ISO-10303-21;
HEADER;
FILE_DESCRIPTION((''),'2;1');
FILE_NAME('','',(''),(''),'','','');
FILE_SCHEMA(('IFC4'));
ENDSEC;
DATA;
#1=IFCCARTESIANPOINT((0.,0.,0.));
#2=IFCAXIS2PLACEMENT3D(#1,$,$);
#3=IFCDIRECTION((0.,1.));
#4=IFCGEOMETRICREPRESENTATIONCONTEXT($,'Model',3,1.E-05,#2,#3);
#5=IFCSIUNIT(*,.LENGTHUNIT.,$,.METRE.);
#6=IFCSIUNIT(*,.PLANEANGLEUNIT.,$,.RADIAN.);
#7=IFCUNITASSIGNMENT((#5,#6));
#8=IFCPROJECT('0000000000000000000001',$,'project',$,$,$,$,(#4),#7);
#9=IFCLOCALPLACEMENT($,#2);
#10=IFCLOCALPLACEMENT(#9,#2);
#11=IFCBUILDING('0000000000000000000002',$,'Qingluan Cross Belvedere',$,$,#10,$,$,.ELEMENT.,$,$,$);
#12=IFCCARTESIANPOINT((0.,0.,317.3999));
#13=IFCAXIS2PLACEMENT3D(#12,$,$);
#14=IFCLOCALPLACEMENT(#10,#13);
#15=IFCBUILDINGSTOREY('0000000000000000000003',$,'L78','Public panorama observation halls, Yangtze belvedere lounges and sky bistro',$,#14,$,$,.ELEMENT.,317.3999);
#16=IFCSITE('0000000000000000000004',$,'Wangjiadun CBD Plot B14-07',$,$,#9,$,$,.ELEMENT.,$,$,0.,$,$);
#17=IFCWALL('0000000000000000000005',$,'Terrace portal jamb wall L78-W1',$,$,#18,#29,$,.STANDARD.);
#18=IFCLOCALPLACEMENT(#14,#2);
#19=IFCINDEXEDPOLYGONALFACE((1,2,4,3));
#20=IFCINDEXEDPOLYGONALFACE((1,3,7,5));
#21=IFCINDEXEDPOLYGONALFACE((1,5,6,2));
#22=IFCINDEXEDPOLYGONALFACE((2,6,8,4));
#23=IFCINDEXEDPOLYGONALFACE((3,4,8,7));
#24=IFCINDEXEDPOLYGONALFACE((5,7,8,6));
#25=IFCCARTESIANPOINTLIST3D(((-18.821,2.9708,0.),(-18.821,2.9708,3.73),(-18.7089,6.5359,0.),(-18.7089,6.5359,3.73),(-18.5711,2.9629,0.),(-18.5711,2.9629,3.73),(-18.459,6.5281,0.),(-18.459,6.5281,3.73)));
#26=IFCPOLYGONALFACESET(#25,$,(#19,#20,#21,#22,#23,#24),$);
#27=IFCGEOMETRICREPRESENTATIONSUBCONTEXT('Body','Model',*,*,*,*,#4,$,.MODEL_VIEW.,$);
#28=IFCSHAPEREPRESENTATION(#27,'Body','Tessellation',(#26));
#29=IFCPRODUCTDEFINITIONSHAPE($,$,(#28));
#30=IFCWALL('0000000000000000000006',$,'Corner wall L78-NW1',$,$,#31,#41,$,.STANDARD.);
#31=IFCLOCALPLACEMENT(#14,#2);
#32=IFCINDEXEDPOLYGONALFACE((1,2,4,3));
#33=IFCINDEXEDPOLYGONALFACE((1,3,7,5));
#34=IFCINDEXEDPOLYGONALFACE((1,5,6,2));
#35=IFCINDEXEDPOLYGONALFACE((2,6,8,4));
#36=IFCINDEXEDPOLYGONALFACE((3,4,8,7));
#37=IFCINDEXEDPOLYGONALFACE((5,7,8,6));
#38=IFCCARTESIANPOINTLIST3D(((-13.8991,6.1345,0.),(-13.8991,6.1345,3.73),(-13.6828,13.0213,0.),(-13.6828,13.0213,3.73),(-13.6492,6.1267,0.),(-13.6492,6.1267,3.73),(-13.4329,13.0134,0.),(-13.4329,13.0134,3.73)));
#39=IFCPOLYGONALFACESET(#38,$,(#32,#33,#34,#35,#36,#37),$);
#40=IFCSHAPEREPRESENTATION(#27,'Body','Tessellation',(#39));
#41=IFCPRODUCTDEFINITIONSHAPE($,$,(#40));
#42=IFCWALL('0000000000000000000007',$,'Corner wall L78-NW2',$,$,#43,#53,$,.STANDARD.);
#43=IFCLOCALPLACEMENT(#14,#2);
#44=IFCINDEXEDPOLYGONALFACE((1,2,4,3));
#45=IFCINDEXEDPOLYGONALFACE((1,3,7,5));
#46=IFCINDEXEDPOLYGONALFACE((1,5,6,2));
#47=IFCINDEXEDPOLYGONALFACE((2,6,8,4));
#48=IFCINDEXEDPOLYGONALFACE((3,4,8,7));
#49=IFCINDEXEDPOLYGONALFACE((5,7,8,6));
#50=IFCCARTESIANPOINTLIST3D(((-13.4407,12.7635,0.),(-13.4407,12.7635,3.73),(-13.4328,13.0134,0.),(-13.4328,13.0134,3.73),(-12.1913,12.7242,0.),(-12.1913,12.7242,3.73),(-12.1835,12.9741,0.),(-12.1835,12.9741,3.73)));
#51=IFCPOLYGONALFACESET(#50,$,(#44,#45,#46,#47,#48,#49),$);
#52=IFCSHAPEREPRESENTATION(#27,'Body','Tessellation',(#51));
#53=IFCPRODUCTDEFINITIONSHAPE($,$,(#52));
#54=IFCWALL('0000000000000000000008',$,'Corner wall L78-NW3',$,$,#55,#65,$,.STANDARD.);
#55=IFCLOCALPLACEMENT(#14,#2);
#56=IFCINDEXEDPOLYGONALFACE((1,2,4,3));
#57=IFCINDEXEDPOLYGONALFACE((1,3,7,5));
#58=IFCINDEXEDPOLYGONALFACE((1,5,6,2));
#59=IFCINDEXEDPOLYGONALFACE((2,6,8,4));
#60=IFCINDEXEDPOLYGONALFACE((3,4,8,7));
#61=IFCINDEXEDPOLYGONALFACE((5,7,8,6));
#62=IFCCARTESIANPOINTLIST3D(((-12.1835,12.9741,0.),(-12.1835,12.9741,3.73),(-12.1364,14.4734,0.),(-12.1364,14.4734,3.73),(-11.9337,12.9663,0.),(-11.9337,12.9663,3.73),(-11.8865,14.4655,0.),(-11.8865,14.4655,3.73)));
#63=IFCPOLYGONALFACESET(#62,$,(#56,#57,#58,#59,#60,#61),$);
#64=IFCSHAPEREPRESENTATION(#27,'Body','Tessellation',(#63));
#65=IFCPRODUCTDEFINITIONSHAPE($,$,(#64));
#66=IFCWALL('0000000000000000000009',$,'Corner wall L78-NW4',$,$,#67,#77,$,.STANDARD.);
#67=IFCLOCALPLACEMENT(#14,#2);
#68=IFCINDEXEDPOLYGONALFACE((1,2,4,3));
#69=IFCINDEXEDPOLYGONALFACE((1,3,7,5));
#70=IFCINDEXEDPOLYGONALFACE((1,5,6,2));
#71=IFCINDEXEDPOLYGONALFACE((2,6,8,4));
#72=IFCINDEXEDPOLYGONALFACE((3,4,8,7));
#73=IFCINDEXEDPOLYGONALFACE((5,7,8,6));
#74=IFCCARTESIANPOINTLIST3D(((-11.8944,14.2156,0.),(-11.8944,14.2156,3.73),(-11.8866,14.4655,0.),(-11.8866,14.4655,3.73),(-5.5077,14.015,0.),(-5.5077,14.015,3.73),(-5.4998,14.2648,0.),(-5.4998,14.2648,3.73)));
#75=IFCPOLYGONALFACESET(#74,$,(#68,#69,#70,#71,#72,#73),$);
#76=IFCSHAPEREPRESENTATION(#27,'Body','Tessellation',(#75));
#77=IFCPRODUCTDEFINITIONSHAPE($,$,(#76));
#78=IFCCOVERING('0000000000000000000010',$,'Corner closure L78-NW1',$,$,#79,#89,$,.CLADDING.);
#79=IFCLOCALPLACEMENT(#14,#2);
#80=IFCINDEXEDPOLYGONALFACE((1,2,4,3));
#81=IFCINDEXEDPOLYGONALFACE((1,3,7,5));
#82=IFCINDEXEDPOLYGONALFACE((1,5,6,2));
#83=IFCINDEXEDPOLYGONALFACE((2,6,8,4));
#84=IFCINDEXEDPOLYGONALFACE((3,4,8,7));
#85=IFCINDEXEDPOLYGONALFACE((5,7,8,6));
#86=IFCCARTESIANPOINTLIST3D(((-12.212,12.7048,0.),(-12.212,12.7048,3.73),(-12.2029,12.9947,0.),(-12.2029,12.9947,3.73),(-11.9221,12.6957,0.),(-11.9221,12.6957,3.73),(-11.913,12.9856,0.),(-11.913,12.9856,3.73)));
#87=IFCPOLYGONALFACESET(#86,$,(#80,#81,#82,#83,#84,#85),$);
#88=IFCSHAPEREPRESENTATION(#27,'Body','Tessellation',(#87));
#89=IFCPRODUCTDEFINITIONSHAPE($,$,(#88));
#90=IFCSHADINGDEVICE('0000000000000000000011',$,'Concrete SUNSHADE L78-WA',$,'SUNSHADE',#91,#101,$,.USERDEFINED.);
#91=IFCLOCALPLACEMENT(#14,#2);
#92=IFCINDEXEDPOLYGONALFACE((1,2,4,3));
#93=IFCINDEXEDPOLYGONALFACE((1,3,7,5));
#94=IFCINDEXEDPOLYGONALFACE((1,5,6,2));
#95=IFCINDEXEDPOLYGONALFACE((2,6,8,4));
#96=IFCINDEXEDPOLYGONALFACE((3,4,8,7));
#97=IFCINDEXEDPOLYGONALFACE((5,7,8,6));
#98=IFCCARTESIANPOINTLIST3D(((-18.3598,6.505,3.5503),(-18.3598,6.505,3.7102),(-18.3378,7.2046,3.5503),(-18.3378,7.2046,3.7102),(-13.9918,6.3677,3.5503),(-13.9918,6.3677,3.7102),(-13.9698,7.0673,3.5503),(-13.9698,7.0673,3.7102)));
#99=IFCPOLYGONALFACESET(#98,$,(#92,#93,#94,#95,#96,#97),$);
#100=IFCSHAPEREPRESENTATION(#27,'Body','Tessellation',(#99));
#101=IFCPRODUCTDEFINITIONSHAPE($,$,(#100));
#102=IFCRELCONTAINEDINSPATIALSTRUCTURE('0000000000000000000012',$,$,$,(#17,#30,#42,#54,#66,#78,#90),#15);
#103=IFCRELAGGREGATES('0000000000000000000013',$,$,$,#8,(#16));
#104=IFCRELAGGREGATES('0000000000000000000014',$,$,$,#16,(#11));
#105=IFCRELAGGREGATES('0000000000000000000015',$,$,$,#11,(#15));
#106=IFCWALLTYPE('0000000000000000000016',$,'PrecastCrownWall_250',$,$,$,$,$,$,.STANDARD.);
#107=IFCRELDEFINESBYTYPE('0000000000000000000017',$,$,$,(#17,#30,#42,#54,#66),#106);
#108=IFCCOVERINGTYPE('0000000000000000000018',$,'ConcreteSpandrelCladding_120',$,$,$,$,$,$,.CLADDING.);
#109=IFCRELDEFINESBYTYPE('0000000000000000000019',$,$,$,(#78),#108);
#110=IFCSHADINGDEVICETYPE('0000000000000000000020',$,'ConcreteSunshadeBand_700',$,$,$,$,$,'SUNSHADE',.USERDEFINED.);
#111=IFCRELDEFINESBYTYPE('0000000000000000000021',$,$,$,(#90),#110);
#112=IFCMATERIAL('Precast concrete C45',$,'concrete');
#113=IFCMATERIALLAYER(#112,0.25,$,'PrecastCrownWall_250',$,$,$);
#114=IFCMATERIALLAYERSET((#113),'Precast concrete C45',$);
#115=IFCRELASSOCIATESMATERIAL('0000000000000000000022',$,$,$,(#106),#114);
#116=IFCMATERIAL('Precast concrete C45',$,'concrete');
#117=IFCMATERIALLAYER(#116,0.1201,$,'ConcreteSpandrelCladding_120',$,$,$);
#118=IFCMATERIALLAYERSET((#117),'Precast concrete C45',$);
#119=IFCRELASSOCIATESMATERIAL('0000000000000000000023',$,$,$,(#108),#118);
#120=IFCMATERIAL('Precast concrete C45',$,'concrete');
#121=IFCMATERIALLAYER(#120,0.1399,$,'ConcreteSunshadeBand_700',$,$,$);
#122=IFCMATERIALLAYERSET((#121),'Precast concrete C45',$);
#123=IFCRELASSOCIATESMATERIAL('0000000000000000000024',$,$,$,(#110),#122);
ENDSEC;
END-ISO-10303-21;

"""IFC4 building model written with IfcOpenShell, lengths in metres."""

from ifc_helpers import new_model, si_unit, direction, frame, frame_2d, origin, origin_2d, place, context, subcontext, project, spatial, rectangle, extrude, material, layer, layer_set, type_object, element, save


model = new_model("IFC4")

# Units and contexts
model_context = context("Model", 3, precision=1e-05, world=origin(), true_north=direction((0.0, 1.0)))
body_context = subcontext(model_context, "Body", "Model", "MODEL_VIEW")
ifc_project = project(units=[si_unit("LENGTHUNIT", "METRE"), si_unit("PLANEANGLEUNIT", "RADIAN")], contexts=[model_context])

# Site, building, storey
site_placement = place(None, origin())
site = spatial("IfcSite", under=ifc_project, at=site_placement, Name="Wangjiadun CBD Plot B14-07", CompositionType="ELEMENT", RefElevation=0.0)
building_placement = place(site_placement, origin())
building = spatial("IfcBuilding", under=site, at=building_placement, Name="Qingluan Cross Belvedere", CompositionType="ELEMENT")
storey_placement = place(building_placement, frame((0.0, 0.0, 317.3999)))
storey = spatial("IfcBuildingStorey", under=building, at=storey_placement, Name="L78", Description="Public panorama observation halls, Yangtze belvedere lounges and sky bistro", CompositionType="ELEMENT", Elevation=317.3999)

# Shared definitions
ifc_material_1 = material(Name="Precast concrete C45", Category="concrete")
ifc_layer_1 = layer(ifc_material_1, 0.25, Name="PrecastCrownWall_250")
ifc_layer_set_1 = layer_set([ifc_layer_1], Name="Precast concrete C45")
wall_type_1 = type_object("IfcWallType", Name="PrecastCrownWall_250", PredefinedType="STANDARD", material=ifc_layer_set_1)

# Walls
wall_1_placement = place(storey_placement, frame((-18.584, 6.532, 0.0), z_axis=(0.0, 0.0, 1.0), x_axis=(-0.031416, -0.999506, 0.0)))
element("IfcWall", 1, at=wall_1_placement, inside=storey, type_object=wall_type_1, Name="Terrace portal jamb wall L78-W1", PredefinedType="STANDARD", context=body_context, shape_type="SweptSolid", body=[
    extrude(rectangle(XDim=3.5669, YDim=0.25, at=frame_2d((1.7834, 0.0))), origin(), (0.0, 0.0, 1.0), 3.73),
])
wall_2_placement = place(storey_placement, frame((-13.7742, 6.1306, 0.0), z_axis=(0.0, 0.0, 1.0), x_axis=(0.031394, 0.999507, 0.0)))
element("IfcWall", 2, at=wall_2_placement, inside=storey, type_object=wall_type_1, Name="Corner wall L78-NW1", PredefinedType="STANDARD", context=body_context, shape_type="SweptSolid", body=[
    extrude(rectangle(XDim=6.8901, YDim=0.25, at=frame_2d((3.4451, 0.0))), origin(), (0.0, 0.0, 1.0), 3.73),
])
wall_3_placement = place(storey_placement, frame((-13.4368, 12.8884, 0.0), z_axis=(0.0, 0.0, 1.0), x_axis=(0.999505, -0.031448, 0.0)))
element("IfcWall", 3, at=wall_3_placement, inside=storey, type_object=wall_type_1, Name="Corner wall L78-NW2", PredefinedType="STANDARD", context=body_context, shape_type="SweptSolid", body=[
    extrude(rectangle(XDim=1.25, YDim=0.25, at=frame_2d((0.625, 0.0))), origin(), (0.0, 0.0, 1.0), 3.73),
])
wall_4_placement = place(storey_placement, frame((-12.0586, 12.9702, 0.0), z_axis=(0.0, 0.0, 1.0), x_axis=(0.031413, 0.999507, 0.0)))
element("IfcWall", 4, at=wall_4_placement, inside=storey, type_object=wall_type_1, Name="Corner wall L78-NW3", PredefinedType="STANDARD", context=body_context, shape_type="SweptSolid", body=[
    extrude(rectangle(XDim=1.5, YDim=0.25, at=frame_2d((0.75, 0.0))), origin(), (0.0, 0.0, 1.0), 3.73),
])
wall_5_placement = place(storey_placement, frame((-11.8904, 14.3406, 0.0), z_axis=(0.0, 0.0, 1.0), x_axis=(0.999507, -0.031407, 0.0)))
element("IfcWall", 5, at=wall_5_placement, inside=storey, type_object=wall_type_1, Name="Corner wall L78-NW4", PredefinedType="STANDARD", context=body_context, shape_type="SweptSolid", body=[
    extrude(rectangle(XDim=6.3899, YDim=0.25, at=frame_2d((3.1948, 0.0))), origin(), (0.0, 0.0, 1.0), 3.73),
])

# Covering
ifc_material_2 = material(Name="Precast concrete C45", Category="concrete")
ifc_layer_2 = layer(ifc_material_2, 0.1201, Name="ConcreteSpandrelCladding_120")
ifc_layer_set_2 = layer_set([ifc_layer_2], Name="Precast concrete C45")
covering_type = type_object("IfcCoveringType", Name="ConcreteSpandrelCladding_120", PredefinedType="CLADDING", material=ifc_layer_set_2)
covering_placement = place(storey_placement, frame((-12.0625, 12.8452, 0.0), z_axis=(0.0, 0.0, 1.0), x_axis=(0.999507, -0.031411, 0.0)))
element("IfcCovering", 6, at=covering_placement, inside=storey, type_object=covering_type, Name="Corner closure L78-NW1", PredefinedType="CLADDING", context=body_context, shape_type="SweptSolid", body=[
    extrude(rectangle(XDim=0.29, YDim=0.29, at=origin_2d()), origin(), (0.0, 0.0, 1.0), 3.73),
])

# Shading device
ifc_material_3 = material(Name="Precast concrete C45", Category="concrete")
ifc_layer_3 = layer(ifc_material_3, 0.1399, Name="ConcreteSunshadeBand_700")
ifc_layer_set_3 = layer_set([ifc_layer_3], Name="Precast concrete C45")
shading_device_type = type_object("IfcShadingDeviceType", Name="ConcreteSunshadeBand_700", ElementType="SUNSHADE", PredefinedType="USERDEFINED", material=ifc_layer_set_3)
shading_device_placement = place(storey_placement, frame((-16.1648, 6.7861, 3.5503), z_axis=(0.0, 0.0, 1.0), x_axis=(-0.999506, 0.031422, 0.0)))
element("IfcShadingDevice", 7, at=shading_device_placement, inside=storey, type_object=shading_device_type, Name="Concrete SUNSHADE L78-WA", ObjectType="SUNSHADE", PredefinedType="USERDEFINED", context=body_context, shape_type="SweptSolid", body=[
    extrude(rectangle(XDim=4.3701, YDim=0.7, at=origin_2d()), origin(), (0.0, 0.0, 1.0), 0.1599),
])

save(model, "model.ifc")
